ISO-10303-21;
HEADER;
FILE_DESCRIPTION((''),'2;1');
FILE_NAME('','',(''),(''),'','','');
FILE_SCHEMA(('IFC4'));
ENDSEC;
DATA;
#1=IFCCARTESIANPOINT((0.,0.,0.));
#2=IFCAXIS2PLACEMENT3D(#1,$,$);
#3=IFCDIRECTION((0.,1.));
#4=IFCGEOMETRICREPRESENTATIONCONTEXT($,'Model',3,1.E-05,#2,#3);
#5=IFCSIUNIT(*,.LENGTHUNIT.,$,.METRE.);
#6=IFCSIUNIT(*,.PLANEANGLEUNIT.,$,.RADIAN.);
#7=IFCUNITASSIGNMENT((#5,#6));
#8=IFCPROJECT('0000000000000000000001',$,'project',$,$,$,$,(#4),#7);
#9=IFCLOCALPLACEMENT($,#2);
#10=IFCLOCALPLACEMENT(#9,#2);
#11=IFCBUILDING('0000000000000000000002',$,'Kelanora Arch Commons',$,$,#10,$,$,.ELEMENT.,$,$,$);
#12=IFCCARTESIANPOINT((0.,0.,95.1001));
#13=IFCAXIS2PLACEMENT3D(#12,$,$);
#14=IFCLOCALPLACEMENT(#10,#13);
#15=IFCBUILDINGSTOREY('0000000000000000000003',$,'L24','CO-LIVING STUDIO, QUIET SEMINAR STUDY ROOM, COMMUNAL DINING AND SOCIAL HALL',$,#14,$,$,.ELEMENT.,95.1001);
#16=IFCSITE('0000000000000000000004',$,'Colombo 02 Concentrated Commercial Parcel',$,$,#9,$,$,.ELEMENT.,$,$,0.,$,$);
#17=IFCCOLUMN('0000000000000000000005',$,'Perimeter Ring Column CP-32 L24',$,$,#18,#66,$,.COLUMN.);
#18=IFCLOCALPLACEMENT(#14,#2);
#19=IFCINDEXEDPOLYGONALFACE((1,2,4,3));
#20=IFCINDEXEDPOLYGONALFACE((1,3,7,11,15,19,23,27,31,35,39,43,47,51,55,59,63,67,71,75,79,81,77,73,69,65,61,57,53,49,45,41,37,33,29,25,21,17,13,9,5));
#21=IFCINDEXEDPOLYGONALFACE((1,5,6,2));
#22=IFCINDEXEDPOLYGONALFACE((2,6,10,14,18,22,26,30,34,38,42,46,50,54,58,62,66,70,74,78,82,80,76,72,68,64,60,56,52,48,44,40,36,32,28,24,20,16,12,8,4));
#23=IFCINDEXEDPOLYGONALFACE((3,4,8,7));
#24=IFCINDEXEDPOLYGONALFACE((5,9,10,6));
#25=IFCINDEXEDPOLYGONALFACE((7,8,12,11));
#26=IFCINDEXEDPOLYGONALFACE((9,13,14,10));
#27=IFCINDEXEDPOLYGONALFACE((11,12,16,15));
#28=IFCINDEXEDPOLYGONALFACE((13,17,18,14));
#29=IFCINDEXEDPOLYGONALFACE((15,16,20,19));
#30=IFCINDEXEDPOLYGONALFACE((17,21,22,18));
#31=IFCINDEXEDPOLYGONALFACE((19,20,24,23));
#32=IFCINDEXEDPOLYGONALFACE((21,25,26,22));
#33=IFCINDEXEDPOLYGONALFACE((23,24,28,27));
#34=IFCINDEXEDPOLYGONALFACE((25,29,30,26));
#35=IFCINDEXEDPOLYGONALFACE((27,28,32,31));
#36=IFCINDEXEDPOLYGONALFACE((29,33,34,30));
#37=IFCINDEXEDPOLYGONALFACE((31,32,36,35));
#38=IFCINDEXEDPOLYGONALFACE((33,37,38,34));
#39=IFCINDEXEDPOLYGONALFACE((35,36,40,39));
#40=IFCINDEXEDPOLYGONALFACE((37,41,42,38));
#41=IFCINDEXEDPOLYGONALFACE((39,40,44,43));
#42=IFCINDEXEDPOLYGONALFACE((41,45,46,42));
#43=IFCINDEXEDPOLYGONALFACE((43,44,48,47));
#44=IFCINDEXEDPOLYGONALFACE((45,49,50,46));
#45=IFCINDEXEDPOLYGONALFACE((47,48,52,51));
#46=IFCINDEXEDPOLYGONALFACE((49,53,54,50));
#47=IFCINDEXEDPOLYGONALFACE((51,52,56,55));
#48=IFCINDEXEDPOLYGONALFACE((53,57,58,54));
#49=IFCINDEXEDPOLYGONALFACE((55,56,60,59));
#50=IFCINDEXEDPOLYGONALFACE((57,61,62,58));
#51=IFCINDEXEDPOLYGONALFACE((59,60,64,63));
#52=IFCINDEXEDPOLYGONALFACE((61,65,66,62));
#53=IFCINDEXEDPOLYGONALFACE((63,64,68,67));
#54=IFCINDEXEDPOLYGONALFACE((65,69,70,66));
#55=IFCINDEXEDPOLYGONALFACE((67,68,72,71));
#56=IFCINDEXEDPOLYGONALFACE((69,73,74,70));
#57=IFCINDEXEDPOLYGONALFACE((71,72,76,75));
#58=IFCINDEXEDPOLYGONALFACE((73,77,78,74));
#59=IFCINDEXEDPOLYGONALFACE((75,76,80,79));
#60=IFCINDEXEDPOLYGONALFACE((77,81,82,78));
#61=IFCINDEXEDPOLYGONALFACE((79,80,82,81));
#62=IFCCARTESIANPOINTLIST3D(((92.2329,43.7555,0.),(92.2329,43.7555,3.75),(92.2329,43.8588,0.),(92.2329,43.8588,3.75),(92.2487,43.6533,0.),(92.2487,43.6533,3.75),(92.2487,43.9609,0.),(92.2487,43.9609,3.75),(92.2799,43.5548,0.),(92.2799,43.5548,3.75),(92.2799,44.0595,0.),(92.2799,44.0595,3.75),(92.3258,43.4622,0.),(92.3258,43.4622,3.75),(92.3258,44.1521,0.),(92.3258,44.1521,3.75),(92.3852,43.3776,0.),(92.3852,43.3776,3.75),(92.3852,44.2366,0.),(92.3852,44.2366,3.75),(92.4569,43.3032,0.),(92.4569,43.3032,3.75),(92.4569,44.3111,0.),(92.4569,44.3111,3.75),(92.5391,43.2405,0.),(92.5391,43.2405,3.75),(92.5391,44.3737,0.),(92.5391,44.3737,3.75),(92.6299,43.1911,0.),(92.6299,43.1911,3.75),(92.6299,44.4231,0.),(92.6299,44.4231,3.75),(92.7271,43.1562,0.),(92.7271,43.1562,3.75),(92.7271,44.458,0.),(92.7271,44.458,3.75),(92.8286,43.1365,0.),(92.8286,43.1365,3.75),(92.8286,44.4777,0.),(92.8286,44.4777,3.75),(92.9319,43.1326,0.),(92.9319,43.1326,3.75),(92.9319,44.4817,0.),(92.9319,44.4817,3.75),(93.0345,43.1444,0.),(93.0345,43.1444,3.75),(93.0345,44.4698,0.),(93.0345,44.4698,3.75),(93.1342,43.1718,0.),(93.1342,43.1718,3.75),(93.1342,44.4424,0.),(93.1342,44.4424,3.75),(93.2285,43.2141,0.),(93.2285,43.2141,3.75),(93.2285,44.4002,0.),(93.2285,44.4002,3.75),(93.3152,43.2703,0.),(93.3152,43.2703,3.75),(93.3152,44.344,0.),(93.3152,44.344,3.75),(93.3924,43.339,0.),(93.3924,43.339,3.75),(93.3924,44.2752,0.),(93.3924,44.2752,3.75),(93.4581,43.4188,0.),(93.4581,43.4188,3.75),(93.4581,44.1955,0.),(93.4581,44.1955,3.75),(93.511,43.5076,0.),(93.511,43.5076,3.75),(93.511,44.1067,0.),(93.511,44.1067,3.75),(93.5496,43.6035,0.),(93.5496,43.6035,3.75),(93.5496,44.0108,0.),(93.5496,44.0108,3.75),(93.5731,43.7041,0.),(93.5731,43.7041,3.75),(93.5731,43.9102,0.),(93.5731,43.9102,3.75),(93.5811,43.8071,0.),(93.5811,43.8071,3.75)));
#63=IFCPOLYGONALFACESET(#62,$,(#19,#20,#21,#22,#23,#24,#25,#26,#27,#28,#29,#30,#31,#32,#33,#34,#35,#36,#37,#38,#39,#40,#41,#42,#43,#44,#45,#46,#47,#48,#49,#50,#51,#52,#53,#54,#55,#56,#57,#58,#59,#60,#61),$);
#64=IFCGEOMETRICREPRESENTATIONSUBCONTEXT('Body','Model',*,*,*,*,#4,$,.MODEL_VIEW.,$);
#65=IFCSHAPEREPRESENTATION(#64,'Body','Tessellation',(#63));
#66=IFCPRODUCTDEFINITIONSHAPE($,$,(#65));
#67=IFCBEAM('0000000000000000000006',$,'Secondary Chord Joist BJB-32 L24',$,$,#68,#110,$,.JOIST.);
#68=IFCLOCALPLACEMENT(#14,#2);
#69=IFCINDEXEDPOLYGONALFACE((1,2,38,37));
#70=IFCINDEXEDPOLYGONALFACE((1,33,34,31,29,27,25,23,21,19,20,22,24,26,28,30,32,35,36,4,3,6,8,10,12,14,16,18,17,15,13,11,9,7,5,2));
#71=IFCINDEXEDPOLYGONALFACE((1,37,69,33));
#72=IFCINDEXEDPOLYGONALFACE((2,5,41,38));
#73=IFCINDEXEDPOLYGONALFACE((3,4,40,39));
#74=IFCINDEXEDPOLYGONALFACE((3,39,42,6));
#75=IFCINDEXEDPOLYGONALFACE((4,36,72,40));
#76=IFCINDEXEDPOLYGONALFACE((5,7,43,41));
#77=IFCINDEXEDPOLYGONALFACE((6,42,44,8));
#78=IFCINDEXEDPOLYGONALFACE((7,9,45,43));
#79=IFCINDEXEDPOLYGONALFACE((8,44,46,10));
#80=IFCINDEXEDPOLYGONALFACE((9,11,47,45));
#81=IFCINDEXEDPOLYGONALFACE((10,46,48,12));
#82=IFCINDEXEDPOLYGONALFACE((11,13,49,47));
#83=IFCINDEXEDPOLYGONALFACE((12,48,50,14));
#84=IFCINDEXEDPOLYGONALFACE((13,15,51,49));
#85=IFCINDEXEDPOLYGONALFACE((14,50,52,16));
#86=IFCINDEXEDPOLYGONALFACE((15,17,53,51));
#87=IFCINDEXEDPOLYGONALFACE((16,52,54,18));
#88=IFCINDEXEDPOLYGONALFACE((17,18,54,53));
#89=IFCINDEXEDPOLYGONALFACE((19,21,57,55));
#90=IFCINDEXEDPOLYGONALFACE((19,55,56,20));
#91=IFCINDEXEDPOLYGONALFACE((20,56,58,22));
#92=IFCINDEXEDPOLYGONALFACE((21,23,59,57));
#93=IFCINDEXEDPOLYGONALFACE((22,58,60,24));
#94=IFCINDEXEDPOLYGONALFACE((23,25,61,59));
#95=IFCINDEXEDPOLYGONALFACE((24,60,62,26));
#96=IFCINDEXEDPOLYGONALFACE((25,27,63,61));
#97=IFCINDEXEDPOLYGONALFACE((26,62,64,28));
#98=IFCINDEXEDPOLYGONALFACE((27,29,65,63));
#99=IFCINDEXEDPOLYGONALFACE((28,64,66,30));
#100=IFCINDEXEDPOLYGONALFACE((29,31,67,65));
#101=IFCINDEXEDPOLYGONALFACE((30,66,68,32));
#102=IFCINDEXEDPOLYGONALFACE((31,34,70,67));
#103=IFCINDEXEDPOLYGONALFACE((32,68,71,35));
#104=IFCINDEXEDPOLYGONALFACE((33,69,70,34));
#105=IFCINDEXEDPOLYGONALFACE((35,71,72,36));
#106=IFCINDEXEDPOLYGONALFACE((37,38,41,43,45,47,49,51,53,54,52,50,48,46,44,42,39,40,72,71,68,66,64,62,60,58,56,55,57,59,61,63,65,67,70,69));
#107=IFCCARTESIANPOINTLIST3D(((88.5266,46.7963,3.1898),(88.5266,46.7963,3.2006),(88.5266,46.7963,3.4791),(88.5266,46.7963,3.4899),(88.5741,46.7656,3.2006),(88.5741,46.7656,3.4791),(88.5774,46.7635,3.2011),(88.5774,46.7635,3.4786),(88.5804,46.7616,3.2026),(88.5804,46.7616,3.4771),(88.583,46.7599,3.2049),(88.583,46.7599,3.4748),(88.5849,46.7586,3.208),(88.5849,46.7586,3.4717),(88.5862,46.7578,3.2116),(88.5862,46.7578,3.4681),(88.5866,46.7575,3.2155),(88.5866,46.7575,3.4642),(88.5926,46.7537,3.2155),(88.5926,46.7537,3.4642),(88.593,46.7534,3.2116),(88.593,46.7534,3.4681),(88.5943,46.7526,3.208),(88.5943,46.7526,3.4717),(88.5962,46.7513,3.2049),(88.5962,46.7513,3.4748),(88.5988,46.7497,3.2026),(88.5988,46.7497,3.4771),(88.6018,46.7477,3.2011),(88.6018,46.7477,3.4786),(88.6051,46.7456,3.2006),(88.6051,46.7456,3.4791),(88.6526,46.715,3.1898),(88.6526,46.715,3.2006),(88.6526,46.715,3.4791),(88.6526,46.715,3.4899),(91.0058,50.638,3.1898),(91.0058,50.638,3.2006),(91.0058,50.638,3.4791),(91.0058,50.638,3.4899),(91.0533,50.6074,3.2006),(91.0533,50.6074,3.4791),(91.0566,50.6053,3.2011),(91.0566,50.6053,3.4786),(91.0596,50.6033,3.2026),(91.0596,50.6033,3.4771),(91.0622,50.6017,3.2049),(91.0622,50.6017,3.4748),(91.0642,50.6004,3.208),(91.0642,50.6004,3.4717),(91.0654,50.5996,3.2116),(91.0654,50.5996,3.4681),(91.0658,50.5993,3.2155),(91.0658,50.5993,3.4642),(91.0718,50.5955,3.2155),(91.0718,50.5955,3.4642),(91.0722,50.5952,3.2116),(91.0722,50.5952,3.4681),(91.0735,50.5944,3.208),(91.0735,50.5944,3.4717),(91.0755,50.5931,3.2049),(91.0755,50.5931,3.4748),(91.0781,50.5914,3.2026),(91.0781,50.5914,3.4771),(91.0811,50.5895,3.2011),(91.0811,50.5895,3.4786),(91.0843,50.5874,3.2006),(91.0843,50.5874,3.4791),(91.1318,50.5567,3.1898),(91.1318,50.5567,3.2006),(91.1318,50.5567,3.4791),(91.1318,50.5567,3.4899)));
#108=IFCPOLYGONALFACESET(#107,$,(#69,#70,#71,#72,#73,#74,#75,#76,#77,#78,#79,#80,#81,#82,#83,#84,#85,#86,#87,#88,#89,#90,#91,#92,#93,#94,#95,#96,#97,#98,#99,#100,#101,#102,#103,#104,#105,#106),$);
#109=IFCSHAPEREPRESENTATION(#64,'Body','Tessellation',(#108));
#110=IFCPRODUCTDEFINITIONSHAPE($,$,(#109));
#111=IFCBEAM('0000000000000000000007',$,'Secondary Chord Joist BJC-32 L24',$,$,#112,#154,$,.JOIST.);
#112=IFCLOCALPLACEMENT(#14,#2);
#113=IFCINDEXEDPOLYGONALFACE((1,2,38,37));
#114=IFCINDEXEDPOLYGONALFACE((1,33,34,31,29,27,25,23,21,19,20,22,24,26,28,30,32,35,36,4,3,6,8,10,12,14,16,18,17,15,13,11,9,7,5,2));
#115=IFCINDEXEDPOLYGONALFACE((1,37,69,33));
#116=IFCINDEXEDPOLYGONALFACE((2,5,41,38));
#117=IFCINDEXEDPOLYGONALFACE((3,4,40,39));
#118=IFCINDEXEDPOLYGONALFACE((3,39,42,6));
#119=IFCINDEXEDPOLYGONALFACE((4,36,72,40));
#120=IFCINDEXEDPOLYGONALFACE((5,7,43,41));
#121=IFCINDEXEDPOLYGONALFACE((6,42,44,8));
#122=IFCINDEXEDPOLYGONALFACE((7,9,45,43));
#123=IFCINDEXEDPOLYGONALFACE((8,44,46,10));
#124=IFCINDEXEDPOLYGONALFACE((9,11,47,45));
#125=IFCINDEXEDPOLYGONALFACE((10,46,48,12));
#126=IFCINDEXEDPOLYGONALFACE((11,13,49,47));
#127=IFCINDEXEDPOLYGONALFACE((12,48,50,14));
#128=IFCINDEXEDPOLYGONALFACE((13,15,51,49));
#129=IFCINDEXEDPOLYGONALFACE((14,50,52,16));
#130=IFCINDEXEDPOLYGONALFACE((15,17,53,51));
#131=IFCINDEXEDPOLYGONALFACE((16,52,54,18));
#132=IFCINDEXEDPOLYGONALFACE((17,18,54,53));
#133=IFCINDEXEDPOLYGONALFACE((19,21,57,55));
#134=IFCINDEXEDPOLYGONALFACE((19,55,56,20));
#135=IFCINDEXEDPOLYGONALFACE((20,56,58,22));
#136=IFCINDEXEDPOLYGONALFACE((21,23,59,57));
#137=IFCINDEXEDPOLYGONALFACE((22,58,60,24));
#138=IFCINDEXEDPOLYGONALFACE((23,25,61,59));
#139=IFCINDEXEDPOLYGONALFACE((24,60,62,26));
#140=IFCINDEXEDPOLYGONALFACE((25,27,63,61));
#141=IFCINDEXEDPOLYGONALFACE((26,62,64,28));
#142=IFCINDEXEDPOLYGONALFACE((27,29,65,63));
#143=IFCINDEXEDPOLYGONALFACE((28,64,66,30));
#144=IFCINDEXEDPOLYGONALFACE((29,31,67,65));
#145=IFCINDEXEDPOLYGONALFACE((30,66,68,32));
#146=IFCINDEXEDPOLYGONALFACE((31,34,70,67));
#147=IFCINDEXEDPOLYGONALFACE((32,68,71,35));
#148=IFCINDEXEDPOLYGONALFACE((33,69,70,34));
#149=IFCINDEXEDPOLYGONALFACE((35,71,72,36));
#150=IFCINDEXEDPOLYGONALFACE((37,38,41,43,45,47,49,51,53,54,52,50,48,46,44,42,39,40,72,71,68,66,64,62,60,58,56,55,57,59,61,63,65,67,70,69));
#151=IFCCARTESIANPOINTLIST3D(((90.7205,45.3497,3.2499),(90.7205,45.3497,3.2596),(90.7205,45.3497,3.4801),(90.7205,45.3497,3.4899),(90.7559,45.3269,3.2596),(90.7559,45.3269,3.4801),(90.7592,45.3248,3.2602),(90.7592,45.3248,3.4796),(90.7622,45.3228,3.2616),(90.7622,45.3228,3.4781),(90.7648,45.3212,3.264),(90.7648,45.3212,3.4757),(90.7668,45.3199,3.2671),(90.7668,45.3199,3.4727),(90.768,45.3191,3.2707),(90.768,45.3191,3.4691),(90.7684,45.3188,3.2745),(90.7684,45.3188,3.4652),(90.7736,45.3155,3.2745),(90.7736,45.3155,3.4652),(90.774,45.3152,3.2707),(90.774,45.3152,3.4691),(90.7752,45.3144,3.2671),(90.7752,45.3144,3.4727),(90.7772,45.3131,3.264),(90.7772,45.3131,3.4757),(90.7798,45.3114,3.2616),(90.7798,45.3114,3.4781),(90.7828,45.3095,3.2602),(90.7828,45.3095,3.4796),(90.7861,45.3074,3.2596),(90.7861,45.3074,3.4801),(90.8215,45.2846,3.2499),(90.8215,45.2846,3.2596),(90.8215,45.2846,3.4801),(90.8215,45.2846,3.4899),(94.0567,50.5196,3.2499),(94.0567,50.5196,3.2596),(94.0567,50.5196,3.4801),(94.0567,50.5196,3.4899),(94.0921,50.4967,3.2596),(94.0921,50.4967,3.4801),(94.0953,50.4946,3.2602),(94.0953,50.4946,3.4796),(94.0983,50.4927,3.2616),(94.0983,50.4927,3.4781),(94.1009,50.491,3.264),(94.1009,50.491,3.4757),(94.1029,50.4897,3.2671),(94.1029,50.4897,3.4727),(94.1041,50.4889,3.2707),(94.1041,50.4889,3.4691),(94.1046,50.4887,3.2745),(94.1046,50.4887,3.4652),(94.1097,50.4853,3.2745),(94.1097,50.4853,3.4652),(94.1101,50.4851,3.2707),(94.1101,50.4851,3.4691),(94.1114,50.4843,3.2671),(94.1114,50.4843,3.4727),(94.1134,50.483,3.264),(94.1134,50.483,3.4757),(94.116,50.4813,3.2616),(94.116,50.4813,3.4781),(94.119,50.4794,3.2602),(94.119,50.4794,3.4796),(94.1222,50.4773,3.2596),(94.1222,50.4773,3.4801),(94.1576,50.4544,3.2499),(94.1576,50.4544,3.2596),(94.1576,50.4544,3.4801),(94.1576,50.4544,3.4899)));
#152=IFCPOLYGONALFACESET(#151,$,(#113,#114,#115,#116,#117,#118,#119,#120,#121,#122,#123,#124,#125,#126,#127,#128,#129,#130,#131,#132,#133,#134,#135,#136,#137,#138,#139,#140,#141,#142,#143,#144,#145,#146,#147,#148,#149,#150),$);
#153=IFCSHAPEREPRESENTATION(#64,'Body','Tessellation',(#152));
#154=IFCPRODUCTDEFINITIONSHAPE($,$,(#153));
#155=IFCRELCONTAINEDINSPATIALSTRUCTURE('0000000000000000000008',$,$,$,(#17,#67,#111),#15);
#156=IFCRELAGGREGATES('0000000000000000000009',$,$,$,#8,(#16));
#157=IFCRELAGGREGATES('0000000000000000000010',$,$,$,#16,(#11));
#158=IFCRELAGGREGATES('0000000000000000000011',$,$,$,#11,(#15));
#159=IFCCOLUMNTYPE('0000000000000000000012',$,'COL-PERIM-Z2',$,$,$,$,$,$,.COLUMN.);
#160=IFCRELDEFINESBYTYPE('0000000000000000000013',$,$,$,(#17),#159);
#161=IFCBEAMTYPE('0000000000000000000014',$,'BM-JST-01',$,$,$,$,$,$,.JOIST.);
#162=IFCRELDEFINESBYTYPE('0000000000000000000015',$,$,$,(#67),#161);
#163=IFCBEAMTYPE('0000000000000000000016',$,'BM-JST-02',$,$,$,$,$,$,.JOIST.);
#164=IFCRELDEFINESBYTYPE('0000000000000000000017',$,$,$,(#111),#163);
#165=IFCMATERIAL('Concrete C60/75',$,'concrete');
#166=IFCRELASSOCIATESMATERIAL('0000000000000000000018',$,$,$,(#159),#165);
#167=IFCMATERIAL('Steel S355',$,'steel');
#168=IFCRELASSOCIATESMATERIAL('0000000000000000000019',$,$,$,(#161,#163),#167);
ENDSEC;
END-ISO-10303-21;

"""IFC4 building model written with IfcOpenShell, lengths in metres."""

from ifc_helpers import new_model, si_unit, direction, frame, origin, origin_2d, place, context, subcontext, project, spatial, circle, i_section, extrude, material, material_profile, profile_set, type_object, element, save


model = new_model("IFC4")

# Units and contexts
model_context = context("Model", 3, precision=1e-05, world=origin(), true_north=direction((0.0, 1.0)))
body_context = subcontext(model_context, "Body", "Model", "MODEL_VIEW")
ifc_project = project(units=[si_unit("LENGTHUNIT", "METRE"), si_unit("PLANEANGLEUNIT", "RADIAN")], contexts=[model_context])

# Site, building, storey
site_placement = place(None, origin())
site = spatial("IfcSite", under=ifc_project, at=site_placement, Name="Colombo 02 Concentrated Commercial Parcel", CompositionType="ELEMENT", RefElevation=0.0)
building_placement = place(site_placement, origin())
building = spatial("IfcBuilding", under=site, at=building_placement, Name="Kelanora Arch Commons", CompositionType="ELEMENT")
storey_placement = place(building_placement, frame((0.0, 0.0, 95.1001)))
storey = spatial("IfcBuildingStorey", under=building, at=storey_placement, Name="L24", Description="CO-LIVING STUDIO, QUIET SEMINAR STUDY ROOM, COMMUNAL DINING AND SOCIAL HALL", CompositionType="ELEMENT", Elevation=95.1001)

# Column
ifc_material_1 = material(Name="Concrete C60/75", Category="concrete")
ifc_material_profile_1 = material_profile(ifc_material_1, circle(Radius=0.675, at=origin_2d()), Name="RCC1350")
ifc_profile_set_1 = profile_set([ifc_material_profile_1], Name="Concrete C60/75")
column_type = type_object("IfcColumnType", Name="COL-PERIM-Z2", PredefinedType="COLUMN", material=ifc_profile_set_1)
column_placement = place(storey_placement, frame((92.906, 43.8071, 0.0), z_axis=(0.0, 0.0, 1.0), x_axis=(1.0, 0.0, 0.0)))
element("IfcColumn", 1, at=column_placement, inside=storey, type_object=column_type, Name="Perimeter Ring Column CP-32 L24", PredefinedType="COLUMN", context=body_context, shape_type="SweptSolid", body=[
    extrude(circle(Radius=0.675, at=origin_2d()), origin(), (0.0, 0.0, 1.0), 3.75),
])

# Beams
ifc_material_2 = material(Name="Steel S355", Category="steel")
ifc_material_profile_2 = material_profile(ifc_material_2, i_section(OverallWidth=0.1499, OverallDepth=0.3, WebThickness=0.0071, FlangeThickness=0.0107, FilletRadius=0.0149, at=origin_2d()), Name="IPE300")
ifc_profile_set_2 = profile_set([ifc_material_profile_2], Name="Steel S355")
beam_type_1 = type_object("IfcBeamType", Name="BM-JST-01", PredefinedType="JOIST", material=ifc_profile_set_2)
beam_1_placement = place(storey_placement, frame((88.5896, 46.7556, 3.3398), z_axis=(0.54223, 0.84023, 0.0), x_axis=(-0.84023, 0.54223, 0.0)))
element("IfcBeam", 2, at=beam_1_placement, inside=storey, type_object=beam_type_1, Name="Secondary Chord Joist BJB-32 L24", PredefinedType="JOIST", context=body_context, shape_type="SweptSolid", body=[
    extrude(i_section(OverallWidth=0.1499, OverallDepth=0.3, WebThickness=0.0071, FlangeThickness=0.0107, FilletRadius=0.0149, at=origin_2d()), origin(), (0.0, 0.0, 1.0), 4.5723),
])
ifc_material_profile_3 = material_profile(ifc_material_2, i_section(OverallWidth=0.1201, OverallDepth=0.24, WebThickness=0.0061, FlangeThickness=0.0098, FilletRadius=0.0149, at=origin_2d()), Name="IPE240")
ifc_profile_set_3 = profile_set([ifc_material_profile_3], Name="Steel S355")
beam_type_2 = type_object("IfcBeamType", Name="BM-JST-02", PredefinedType="JOIST", material=ifc_profile_set_3)
beam_2_placement = place(storey_placement, frame((90.771, 45.3171, 3.3699), z_axis=(0.542213, 0.840241, 0.0), x_axis=(-0.840241, 0.542213, 0.0)))
element("IfcBeam", 3, at=beam_2_placement, inside=storey, type_object=beam_type_2, Name="Secondary Chord Joist BJC-32 L24", PredefinedType="JOIST", context=body_context, shape_type="SweptSolid", body=[
    extrude(i_section(OverallWidth=0.1201, OverallDepth=0.24, WebThickness=0.0061, FlangeThickness=0.0098, FilletRadius=0.0149, at=origin_2d()), origin(), (0.0, 0.0, 1.0), 6.1528),
])

save(model, "model.ifc")
